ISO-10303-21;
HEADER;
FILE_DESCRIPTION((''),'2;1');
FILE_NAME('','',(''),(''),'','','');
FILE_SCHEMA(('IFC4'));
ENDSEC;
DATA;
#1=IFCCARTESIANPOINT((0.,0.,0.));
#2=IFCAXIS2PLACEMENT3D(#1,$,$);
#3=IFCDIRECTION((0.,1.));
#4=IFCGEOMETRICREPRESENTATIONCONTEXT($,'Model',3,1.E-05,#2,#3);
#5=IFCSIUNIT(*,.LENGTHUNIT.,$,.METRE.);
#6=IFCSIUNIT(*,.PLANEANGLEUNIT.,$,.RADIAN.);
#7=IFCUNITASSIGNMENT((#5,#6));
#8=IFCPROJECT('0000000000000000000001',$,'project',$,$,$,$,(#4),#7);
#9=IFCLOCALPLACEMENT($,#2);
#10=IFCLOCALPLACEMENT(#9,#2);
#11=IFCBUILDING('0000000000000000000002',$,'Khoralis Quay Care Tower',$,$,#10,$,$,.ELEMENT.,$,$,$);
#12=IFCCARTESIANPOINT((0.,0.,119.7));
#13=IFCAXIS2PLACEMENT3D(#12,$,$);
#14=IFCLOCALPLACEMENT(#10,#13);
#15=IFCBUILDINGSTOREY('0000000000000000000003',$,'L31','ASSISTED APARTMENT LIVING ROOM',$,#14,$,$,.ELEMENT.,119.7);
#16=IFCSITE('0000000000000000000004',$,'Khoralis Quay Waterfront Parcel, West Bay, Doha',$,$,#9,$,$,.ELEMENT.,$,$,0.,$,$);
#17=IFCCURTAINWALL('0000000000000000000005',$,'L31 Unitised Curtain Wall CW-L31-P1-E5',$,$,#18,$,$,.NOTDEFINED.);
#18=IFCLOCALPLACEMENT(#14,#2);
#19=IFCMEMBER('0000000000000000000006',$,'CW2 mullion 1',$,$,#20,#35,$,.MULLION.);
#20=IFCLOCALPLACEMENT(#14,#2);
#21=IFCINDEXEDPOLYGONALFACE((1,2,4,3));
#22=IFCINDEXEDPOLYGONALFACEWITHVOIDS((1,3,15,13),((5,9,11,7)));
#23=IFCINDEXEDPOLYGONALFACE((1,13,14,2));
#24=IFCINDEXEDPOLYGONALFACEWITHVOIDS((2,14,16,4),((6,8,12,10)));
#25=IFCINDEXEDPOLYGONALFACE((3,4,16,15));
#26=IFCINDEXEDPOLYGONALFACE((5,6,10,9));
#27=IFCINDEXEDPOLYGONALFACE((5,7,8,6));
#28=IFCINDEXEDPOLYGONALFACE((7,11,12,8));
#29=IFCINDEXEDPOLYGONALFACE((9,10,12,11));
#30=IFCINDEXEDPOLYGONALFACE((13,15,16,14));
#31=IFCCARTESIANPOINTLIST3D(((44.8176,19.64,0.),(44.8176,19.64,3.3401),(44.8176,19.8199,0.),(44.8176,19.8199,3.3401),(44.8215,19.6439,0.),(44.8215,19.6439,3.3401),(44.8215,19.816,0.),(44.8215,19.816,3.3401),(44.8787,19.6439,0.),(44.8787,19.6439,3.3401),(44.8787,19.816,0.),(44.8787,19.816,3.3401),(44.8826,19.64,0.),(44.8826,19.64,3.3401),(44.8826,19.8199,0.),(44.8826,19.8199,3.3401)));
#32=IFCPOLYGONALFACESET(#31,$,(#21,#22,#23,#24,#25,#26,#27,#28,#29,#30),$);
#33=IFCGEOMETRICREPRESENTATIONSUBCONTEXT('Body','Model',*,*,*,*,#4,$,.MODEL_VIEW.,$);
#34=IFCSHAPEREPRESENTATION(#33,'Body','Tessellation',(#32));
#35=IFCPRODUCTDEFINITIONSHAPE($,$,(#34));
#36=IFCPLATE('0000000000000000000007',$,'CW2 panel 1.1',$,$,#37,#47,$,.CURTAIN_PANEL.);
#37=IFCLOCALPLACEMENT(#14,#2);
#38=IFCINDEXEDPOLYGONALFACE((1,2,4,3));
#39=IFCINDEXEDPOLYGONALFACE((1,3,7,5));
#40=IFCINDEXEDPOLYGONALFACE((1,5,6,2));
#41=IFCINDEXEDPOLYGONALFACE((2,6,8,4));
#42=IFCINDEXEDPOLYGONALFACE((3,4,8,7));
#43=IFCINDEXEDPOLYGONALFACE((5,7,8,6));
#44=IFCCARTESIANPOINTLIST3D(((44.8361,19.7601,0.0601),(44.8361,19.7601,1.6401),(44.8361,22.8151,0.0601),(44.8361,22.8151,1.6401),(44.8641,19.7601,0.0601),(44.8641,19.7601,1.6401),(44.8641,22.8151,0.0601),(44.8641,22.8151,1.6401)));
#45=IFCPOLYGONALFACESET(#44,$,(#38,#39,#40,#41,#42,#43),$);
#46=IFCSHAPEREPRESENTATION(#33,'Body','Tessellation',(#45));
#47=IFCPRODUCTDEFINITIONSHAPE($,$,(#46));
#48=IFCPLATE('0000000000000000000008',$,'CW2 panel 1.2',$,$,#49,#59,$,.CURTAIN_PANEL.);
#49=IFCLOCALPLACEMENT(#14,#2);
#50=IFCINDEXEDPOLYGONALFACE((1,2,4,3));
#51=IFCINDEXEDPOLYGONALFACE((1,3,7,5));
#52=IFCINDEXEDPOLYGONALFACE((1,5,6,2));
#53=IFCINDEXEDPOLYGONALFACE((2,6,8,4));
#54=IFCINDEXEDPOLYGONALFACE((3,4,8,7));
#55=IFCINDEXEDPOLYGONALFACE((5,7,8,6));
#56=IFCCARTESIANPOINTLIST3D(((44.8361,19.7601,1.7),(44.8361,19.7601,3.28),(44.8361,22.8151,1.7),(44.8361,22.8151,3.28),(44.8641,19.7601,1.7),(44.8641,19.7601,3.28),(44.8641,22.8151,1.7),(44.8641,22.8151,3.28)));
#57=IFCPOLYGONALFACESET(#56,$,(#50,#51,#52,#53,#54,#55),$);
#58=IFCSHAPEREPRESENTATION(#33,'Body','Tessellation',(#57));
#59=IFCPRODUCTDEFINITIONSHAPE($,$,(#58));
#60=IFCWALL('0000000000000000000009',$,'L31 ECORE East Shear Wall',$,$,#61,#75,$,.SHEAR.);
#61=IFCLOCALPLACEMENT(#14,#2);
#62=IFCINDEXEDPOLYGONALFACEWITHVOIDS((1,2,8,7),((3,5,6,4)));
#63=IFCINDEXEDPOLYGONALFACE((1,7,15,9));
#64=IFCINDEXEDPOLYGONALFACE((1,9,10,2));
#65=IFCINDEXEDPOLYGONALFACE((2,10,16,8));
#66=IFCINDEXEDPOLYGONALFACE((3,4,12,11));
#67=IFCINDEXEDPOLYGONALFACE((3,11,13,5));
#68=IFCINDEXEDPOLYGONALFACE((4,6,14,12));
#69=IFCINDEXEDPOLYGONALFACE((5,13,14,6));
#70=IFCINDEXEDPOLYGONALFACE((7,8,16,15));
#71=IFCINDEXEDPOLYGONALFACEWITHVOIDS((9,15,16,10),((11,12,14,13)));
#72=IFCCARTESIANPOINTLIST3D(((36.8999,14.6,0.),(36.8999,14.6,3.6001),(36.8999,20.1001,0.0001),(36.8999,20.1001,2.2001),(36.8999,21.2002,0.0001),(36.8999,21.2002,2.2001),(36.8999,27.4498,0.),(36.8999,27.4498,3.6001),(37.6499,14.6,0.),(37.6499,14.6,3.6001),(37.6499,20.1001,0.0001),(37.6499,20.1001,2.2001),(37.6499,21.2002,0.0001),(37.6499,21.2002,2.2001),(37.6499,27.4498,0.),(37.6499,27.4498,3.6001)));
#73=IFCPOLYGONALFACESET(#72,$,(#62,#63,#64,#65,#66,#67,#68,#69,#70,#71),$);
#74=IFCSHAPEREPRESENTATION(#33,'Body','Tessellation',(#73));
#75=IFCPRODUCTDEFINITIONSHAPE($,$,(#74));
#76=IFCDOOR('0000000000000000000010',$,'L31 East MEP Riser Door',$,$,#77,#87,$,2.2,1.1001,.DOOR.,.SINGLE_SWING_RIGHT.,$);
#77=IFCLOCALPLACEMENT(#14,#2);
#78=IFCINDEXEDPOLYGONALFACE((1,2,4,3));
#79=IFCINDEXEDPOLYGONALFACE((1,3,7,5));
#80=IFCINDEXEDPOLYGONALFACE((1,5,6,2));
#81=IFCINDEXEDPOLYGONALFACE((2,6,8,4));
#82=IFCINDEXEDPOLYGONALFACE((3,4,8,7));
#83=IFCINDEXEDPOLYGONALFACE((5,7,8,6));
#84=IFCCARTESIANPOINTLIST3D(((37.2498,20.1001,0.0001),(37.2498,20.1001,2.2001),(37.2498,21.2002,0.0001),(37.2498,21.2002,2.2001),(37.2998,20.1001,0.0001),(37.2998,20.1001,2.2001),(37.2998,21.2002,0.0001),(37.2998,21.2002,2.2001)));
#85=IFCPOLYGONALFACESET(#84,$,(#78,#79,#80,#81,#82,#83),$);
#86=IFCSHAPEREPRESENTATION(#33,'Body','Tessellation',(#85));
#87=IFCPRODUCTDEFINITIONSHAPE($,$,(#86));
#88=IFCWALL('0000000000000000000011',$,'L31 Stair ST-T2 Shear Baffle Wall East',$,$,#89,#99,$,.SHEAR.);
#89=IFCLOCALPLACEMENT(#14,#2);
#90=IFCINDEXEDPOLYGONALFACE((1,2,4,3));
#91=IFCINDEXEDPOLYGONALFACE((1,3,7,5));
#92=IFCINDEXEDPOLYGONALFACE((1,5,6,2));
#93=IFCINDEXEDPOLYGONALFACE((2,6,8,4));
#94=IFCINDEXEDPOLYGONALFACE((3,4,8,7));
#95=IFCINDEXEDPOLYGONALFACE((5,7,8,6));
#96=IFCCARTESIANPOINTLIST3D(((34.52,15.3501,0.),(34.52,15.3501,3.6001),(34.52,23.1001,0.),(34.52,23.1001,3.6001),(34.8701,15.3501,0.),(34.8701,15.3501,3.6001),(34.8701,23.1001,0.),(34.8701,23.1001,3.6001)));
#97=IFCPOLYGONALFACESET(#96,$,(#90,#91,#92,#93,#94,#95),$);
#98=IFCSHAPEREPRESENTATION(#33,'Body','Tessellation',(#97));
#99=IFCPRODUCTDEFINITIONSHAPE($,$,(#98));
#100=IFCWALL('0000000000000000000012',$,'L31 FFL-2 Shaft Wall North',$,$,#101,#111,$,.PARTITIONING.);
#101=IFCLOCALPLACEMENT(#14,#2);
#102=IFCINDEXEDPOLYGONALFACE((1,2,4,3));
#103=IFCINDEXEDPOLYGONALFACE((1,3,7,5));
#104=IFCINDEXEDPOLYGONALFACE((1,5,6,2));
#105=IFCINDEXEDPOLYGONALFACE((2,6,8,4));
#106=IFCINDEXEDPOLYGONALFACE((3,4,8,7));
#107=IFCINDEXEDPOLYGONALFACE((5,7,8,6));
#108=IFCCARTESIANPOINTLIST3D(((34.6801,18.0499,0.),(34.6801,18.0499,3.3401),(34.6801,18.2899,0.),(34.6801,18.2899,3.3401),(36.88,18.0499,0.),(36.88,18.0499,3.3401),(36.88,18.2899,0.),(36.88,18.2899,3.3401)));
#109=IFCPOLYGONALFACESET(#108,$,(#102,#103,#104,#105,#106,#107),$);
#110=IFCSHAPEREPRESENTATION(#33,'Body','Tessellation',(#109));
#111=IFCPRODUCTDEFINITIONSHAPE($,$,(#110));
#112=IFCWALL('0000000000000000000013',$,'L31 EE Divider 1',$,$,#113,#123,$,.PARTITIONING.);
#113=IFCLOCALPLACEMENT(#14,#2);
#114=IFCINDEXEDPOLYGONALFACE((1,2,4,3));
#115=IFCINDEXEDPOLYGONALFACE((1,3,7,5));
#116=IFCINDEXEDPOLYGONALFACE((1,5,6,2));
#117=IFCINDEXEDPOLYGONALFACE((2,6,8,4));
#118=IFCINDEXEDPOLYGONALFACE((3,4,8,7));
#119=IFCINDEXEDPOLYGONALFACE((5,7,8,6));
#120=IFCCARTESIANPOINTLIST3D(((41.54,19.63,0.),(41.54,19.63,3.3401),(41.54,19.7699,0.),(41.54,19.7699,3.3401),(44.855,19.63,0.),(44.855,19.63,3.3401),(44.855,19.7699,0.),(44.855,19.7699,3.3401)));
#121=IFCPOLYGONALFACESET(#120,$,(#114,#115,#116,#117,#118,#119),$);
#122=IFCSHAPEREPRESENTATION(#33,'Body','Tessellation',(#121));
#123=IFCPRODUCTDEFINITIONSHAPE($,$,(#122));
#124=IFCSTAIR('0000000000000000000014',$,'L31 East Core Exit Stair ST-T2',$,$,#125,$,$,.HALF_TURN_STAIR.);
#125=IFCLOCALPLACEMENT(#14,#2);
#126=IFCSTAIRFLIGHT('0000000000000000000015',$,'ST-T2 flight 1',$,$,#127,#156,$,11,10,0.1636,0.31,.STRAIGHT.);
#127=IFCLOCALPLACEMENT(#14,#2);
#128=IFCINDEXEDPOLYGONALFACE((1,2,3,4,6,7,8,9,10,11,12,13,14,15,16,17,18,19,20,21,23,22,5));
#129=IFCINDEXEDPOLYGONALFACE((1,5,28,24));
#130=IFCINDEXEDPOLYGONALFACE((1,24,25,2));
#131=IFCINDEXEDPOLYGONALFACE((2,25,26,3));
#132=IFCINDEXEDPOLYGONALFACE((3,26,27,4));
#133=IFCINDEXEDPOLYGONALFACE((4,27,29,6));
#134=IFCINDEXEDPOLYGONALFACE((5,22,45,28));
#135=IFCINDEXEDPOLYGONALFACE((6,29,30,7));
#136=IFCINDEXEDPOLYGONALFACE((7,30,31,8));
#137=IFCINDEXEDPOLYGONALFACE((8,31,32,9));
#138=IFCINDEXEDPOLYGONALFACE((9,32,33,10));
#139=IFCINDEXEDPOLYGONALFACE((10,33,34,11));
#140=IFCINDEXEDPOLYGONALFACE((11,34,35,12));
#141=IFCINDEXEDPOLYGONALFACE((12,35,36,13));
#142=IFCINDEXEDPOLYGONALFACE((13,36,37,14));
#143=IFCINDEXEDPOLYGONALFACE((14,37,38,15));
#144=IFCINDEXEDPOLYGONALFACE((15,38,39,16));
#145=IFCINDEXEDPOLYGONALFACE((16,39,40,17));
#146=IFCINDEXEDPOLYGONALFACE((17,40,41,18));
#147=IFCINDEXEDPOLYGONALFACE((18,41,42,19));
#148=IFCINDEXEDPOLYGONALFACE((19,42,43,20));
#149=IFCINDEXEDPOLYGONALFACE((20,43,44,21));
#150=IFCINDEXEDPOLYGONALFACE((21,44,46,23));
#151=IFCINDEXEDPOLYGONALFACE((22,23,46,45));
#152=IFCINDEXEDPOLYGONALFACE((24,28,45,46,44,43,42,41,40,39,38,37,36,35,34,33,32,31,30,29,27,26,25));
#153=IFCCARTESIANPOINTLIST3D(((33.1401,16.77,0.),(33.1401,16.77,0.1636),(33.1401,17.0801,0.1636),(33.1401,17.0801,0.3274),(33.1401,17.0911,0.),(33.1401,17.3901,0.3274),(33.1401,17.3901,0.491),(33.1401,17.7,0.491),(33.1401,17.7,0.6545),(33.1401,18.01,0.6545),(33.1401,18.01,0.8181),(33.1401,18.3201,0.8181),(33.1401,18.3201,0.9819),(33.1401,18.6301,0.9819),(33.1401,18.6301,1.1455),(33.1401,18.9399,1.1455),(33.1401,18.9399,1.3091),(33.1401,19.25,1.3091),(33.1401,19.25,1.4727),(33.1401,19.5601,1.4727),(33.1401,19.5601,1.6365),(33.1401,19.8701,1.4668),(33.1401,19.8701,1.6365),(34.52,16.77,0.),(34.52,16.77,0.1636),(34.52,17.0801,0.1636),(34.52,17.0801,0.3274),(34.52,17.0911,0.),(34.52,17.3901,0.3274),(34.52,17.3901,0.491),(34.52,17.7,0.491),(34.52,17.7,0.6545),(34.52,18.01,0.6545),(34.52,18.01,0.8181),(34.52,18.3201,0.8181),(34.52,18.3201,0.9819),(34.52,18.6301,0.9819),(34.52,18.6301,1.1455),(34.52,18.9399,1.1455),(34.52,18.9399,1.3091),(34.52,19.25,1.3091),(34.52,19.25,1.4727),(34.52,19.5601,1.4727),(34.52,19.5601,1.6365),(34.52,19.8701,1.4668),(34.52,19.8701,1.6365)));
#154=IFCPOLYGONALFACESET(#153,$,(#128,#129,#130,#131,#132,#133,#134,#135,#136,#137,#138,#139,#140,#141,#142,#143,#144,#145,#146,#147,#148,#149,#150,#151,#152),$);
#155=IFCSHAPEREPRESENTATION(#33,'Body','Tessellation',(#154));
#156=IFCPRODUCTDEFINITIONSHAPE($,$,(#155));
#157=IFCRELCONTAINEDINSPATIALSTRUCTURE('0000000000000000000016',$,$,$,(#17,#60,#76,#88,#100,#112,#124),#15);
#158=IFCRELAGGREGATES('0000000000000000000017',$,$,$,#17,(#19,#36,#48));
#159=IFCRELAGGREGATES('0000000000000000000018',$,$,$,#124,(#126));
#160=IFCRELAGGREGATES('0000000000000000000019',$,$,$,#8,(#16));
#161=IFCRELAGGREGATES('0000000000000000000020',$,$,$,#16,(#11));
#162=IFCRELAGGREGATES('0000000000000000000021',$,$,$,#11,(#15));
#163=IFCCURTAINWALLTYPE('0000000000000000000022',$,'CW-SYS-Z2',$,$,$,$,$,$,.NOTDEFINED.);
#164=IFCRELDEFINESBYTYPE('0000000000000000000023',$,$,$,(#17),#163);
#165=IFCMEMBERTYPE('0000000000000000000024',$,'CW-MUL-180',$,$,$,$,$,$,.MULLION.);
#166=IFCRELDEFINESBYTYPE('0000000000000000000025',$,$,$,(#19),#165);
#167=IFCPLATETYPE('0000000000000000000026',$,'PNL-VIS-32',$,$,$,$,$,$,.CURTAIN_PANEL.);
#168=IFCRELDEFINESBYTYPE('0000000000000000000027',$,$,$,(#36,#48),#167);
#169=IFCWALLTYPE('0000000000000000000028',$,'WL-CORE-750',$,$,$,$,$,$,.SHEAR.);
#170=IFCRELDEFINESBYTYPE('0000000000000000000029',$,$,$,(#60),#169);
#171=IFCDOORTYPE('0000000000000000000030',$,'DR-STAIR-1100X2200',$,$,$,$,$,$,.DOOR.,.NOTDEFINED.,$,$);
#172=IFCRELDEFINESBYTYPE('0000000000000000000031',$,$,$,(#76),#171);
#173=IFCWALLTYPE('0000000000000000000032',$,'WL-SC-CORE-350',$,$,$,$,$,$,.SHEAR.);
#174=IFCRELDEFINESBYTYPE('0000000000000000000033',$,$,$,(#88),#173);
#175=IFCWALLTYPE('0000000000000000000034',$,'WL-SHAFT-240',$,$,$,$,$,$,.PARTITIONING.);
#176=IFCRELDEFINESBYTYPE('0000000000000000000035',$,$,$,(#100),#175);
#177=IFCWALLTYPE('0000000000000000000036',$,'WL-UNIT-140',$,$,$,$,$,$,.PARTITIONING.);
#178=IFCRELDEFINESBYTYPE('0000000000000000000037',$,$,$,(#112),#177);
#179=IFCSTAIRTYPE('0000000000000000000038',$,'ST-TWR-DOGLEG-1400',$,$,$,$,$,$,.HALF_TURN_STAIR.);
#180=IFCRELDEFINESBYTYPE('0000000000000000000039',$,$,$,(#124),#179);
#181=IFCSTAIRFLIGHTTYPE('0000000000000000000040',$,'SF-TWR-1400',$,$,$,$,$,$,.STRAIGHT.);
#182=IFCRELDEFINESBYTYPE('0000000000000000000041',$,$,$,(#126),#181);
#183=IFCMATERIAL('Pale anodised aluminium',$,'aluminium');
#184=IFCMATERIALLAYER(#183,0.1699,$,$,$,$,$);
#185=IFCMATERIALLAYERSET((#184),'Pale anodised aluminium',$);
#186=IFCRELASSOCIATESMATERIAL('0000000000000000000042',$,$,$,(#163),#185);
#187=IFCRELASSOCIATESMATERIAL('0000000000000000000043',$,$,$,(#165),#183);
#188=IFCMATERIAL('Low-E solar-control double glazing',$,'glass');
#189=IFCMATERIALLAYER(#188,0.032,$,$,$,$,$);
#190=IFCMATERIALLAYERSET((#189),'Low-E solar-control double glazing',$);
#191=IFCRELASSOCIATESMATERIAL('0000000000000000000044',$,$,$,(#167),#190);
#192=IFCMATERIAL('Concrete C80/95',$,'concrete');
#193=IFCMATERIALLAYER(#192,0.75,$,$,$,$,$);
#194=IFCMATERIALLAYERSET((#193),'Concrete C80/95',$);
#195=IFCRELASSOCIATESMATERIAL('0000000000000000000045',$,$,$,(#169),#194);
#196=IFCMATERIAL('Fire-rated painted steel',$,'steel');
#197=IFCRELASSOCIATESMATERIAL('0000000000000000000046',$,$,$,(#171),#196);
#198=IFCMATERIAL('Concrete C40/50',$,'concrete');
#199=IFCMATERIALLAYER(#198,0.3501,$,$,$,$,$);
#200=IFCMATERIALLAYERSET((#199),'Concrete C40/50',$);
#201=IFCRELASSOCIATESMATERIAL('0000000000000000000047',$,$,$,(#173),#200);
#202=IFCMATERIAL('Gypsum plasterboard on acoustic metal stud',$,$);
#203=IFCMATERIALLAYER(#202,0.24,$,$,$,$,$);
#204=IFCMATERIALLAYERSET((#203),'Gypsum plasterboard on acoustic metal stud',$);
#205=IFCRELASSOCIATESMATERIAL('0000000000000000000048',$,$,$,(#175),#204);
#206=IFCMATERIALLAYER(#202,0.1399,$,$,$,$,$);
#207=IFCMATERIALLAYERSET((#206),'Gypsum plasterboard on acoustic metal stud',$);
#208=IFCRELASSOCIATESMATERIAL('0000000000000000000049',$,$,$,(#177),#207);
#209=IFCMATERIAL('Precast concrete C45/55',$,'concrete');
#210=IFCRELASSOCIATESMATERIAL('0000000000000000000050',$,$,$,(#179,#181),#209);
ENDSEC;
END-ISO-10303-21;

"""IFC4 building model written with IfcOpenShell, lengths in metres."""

from ifc_helpers import new_model, si_unit, direction, frame, frame_2d, origin, origin_2d, place, context, subcontext, project, spatial, polyline, rectangle, hollow_rectangle, outline, extrude, source, transform, mapped, material, layer, layer_set, material_profile, profile_set, type_object, element, fill, aggregate, save


model = new_model("IFC4")

# Units and contexts
model_context = context("Model", 3, precision=1e-05, world=origin(), true_north=direction((0.0, 1.0)))
body_context = subcontext(model_context, "Body", "Model", "MODEL_VIEW")
ifc_project = project(units=[si_unit("LENGTHUNIT", "METRE"), si_unit("PLANEANGLEUNIT", "RADIAN")], contexts=[model_context])

# Site, building, storey
site_placement = place(None, origin())
site = spatial("IfcSite", under=ifc_project, at=site_placement, Name="Khoralis Quay Waterfront Parcel, West Bay, Doha", CompositionType="ELEMENT", RefElevation=0.0)
building_placement = place(site_placement, origin())
building = spatial("IfcBuilding", under=site, at=building_placement, Name="Khoralis Quay Care Tower", CompositionType="ELEMENT")
storey_placement = place(building_placement, frame((0.0, 0.0, 119.7)))
storey = spatial("IfcBuildingStorey", under=building, at=storey_placement, Name="L31", Description="ASSISTED APARTMENT LIVING ROOM", CompositionType="ELEMENT", Elevation=119.7)

# Curtain wall, member, plates
ifc_material_1 = material(Name="Pale anodised aluminium", Category="aluminium")
ifc_layer_1 = layer(ifc_material_1, 0.1699)
ifc_layer_set_1 = layer_set([ifc_layer_1], Name="Pale anodised aluminium")
curtain_wall_type = type_object("IfcCurtainWallType", Name="CW-SYS-Z2", PredefinedType="NOTDEFINED", material=ifc_layer_set_1)
curtain_wall_placement = place(storey_placement, origin())
curtain_wall = element("IfcCurtainWall", 1, at=curtain_wall_placement, inside=storey, type_object=curtain_wall_type, Name="L31 Unitised Curtain Wall CW-L31-P1-E5", PredefinedType="NOTDEFINED")
ifc_material_profile_1 = material_profile(ifc_material_1, hollow_rectangle(XDim=0.0649, YDim=0.1799, WallThickness=0.0039, at=origin_2d()), Name="Pale anodised aluminium")
ifc_profile_set_1 = profile_set([ifc_material_profile_1], Name="Pale anodised aluminium")
member_type_1 = type_object("IfcMemberType", Name="CW-MUL-180", PredefinedType="MULLION", material=ifc_profile_set_1)
shared_shape_1 = source(origin(), body_context, "Body", "SweptSolid", [
    extrude(hollow_rectangle(XDim=0.0649, YDim=0.1799, WallThickness=0.0039, at=origin_2d()), origin(), (0.0, 0.0, 1.0), 3.3401),
])
member_1_placement = place(storey_placement, frame((44.8501, 19.73, 0.0), z_axis=(0.0, 0.0, 1.0), x_axis=(-1.0, 0.0, 0.0)))
member_1 = element("IfcMember", 2, at=member_1_placement, type_object=member_type_1, Name="CW2 mullion 1", PredefinedType="MULLION", context=body_context, shape_type="MappedRepresentation", body=[
    mapped(shared_shape_1, transform((0.0, 0.0, 0.0), scale=1.0)),
])
ifc_material_2 = material(Name="Low-E solar-control double glazing", Category="glass")
ifc_layer_2 = layer(ifc_material_2, 0.032)
ifc_layer_set_2 = layer_set([ifc_layer_2], Name="Low-E solar-control double glazing")
plate_type = type_object("IfcPlateType", Name="PNL-VIS-32", PredefinedType="CURTAIN_PANEL", material=ifc_layer_set_2)
shared_shape_2 = source(origin(), body_context, "Body", "SweptSolid", [
    extrude(rectangle(XDim=3.0549, YDim=0.0281, at=origin_2d()), origin(), (0.0, 0.0, 1.0), 1.5801),
])
plate_1_placement = place(storey_placement, frame((44.8501, 21.2876, 0.0601), z_axis=(0.0, 0.0, 1.0), x_axis=(0.0, 1.0, 0.0)))
plate_1 = element("IfcPlate", 3, at=plate_1_placement, type_object=plate_type, Name="CW2 panel 1.1", PredefinedType="CURTAIN_PANEL", context=body_context, shape_type="MappedRepresentation", body=[
    mapped(shared_shape_2, transform((0.0, 0.0, 0.0), scale=1.0)),
])
plate_2_placement = place(storey_placement, frame((44.8501, 21.2876, 1.7), z_axis=(0.0, 0.0, 1.0), x_axis=(0.0, 1.0, 0.0)))
plate_2 = element("IfcPlate", 4, at=plate_2_placement, type_object=plate_type, Name="CW2 panel 1.2", PredefinedType="CURTAIN_PANEL", context=body_context, shape_type="MappedRepresentation", body=[
    mapped(shared_shape_2, transform((0.0, 0.0, 0.0), scale=1.0)),
])
aggregate(curtain_wall, [member_1, plate_1, plate_2])

# Wall, opening, door
ifc_material_3 = material(Name="Concrete C80/95", Category="concrete")
ifc_layer_3 = layer(ifc_material_3, 0.75)
ifc_layer_set_3 = layer_set([ifc_layer_3], Name="Concrete C80/95")
wall_type_1 = type_object("IfcWallType", Name="WL-CORE-750", PredefinedType="SHEAR", material=ifc_layer_set_3)
wall_1_placement = place(storey_placement, frame((37.2749, 14.6001, 0.0), z_axis=(0.0, 0.0, 1.0), x_axis=(0.0, 1.0, 0.0)))
wall_1 = element("IfcWall", 5, at=wall_1_placement, inside=storey, type_object=wall_type_1, Name="L31 ECORE East Shear Wall", PredefinedType="SHEAR", context=body_context, shape_type="SweptSolid", body=[
    extrude(rectangle(XDim=12.8499, YDim=0.75, at=frame_2d((6.4248, 0.0))), origin(), (0.0, 0.0, 1.0), 3.6001),
])
opening_placement = place(wall_1_placement, frame((5.5, 0.0, 0.0)))
opening = element("IfcOpeningElement", 6, at=opening_placement, cuts=wall_1, PredefinedType="OPENING", context=body_context, shape_type="SweptSolid", body=[
    extrude(rectangle(XDim=1.1001, YDim=2.2, at=frame_2d((0.55, 1.1001))), frame((0.0, 0.385, 0.0), z_axis=(0.0, -1.0, 0.0), x_axis=(1.0, 0.0, 0.0)), (0.0, 0.0, 1.0), 0.77),
])
ifc_material_4 = material(Name="Fire-rated painted steel", Category="steel")
door_type = type_object("IfcDoorType", Name="DR-STAIR-1100X2200", OperationType="NOTDEFINED", PredefinedType="DOOR", material=ifc_material_4)
shared_shape_3 = source(origin(), body_context, "Body", "SweptSolid", [
    extrude(rectangle(XDim=1.1001, YDim=2.2, at=frame_2d((0.55, 1.1001))), frame((0.0, 0.0249, 0.0), z_axis=(0.0, -1.0, 0.0), x_axis=(1.0, 0.0, 0.0)), (0.0, 0.0, 1.0), 0.05),
])
door_placement = place(opening_placement, frame((1.1001, 0.0, 0.0), z_axis=(0.0, 0.0, 1.0), x_axis=(-1.0, 0.0, 0.0)))
door = element("IfcDoor", 7, at=door_placement, inside=storey, type_object=door_type, Name="L31 East MEP Riser Door", OperationType="SINGLE_SWING_RIGHT", OverallHeight=2.2, OverallWidth=1.1001, PredefinedType="DOOR", context=body_context, shape_type="MappedRepresentation", body=[
    mapped(shared_shape_3, transform((0.0, 0.0, 0.0), scale=1.0)),
])
fill(opening, door)

# Walls
ifc_material_5 = material(Name="Concrete C40/50", Category="concrete")
ifc_layer_4 = layer(ifc_material_5, 0.3501)
ifc_layer_set_4 = layer_set([ifc_layer_4], Name="Concrete C40/50")
wall_type_2 = type_object("IfcWallType", Name="WL-SC-CORE-350", PredefinedType="SHEAR", material=ifc_layer_set_4)
wall_2_placement = place(storey_placement, frame((34.6951, 15.3501, 0.0), z_axis=(0.0, 0.0, 1.0), x_axis=(0.0, 1.0, 0.0)))
element("IfcWall", 8, at=wall_2_placement, inside=storey, type_object=wall_type_2, Name="L31 Stair ST-T2 Shear Baffle Wall East", PredefinedType="SHEAR", context=body_context, shape_type="SweptSolid", body=[
    extrude(rectangle(XDim=7.75, YDim=0.3501, at=frame_2d((3.875, 0.0))), origin(), (0.0, 0.0, 1.0), 3.6001),
])
ifc_material_6 = material(Name="Gypsum plasterboard on acoustic metal stud")
ifc_layer_5 = layer(ifc_material_6, 0.24)
ifc_layer_set_5 = layer_set([ifc_layer_5], Name="Gypsum plasterboard on acoustic metal stud")
wall_type_3 = type_object("IfcWallType", Name="WL-SHAFT-240", PredefinedType="PARTITIONING", material=ifc_layer_set_5)
wall_3_placement = place(storey_placement, frame((34.6799, 18.1699, 0.0), z_axis=(0.0, 0.0, 1.0), x_axis=(1.0, 0.0, 0.0)))
element("IfcWall", 9, at=wall_3_placement, inside=storey, type_object=wall_type_3, Name="L31 FFL-2 Shaft Wall North", PredefinedType="PARTITIONING", context=body_context, shape_type="SweptSolid", body=[
    extrude(rectangle(XDim=2.2, YDim=0.24, at=frame_2d((1.1001, 0.0))), origin(), (0.0, 0.0, 1.0), 3.3401),
])
ifc_layer_6 = layer(ifc_material_6, 0.1399)
ifc_layer_set_6 = layer_set([ifc_layer_6], Name="Gypsum plasterboard on acoustic metal stud")
wall_type_4 = type_object("IfcWallType", Name="WL-UNIT-140", PredefinedType="PARTITIONING", material=ifc_layer_set_6)
wall_4_placement = place(storey_placement, frame((41.54, 19.7, 0.0), z_axis=(0.0, 0.0, 1.0), x_axis=(1.0, 0.0, 0.0)))
element("IfcWall", 10, at=wall_4_placement, inside=storey, type_object=wall_type_4, Name="L31 EE Divider 1", PredefinedType="PARTITIONING", context=body_context, shape_type="SweptSolid", body=[
    extrude(rectangle(XDim=3.3149, YDim=0.1399, at=frame_2d((1.6575, 0.0))), origin(), (0.0, 0.0, 1.0), 3.3401),
])

# Stair, stair flight
ifc_material_7 = material(Name="Precast concrete C45/55", Category="concrete")
stair_type = type_object("IfcStairType", Name="ST-TWR-DOGLEG-1400", PredefinedType="HALF_TURN_STAIR", material=ifc_material_7)
stair_placement = place(storey_placement, origin())
stair = element("IfcStair", 11, at=stair_placement, inside=storey, type_object=stair_type, Name="L31 East Core Exit Stair ST-T2", PredefinedType="HALF_TURN_STAIR")
stair_flight_type = type_object("IfcStairFlightType", Name="SF-TWR-1400", PredefinedType="STRAIGHT", material=ifc_material_7)
shared_shape_4 = source(origin(), body_context, "Body", "SweptSolid", [
    extrude(outline(polyline([(0.0, 0.0), (0.0, 0.1636), (0.3101, 0.1636), (0.3101, 0.3274), (0.6201, 0.3274), (0.6201, 0.491), (0.9299, 0.491), (0.9299, 0.6545), (1.24, 0.6545), (1.24, 0.8181), (1.55, 0.8181), (1.55, 0.9819), (1.8601, 0.9819), (1.8601, 1.1455), (2.1699, 1.1455), (2.1699, 1.3091), (2.48, 1.3091), (2.48, 1.4727), (2.79, 1.4727), (2.79, 1.6365), (3.1001, 1.6365), (3.1001, 1.8), (3.1001, 1.4668), (0.321, 0.0), (0.0, 0.0)])), frame((0.0, 0.6899, 0.0), z_axis=(0.0, -1.0, 0.0), x_axis=(1.0, 0.0, 0.0)), (0.0, 0.0, 1.0), 1.3799),
])
stair_flight_1_placement = place(storey_placement, frame((33.8301, 16.77, 0.0), z_axis=(0.0, 0.0, 1.0), x_axis=(0.0, 1.0, 0.0)))
stair_flight_1 = element("IfcStairFlight", 12, at=stair_flight_1_placement, type_object=stair_flight_type, Name="ST-T2 flight 1", NumberOfRisers=11, NumberOfTreads=10, PredefinedType="STRAIGHT", RiserHeight=0.1636, TreadLength=0.31, context=body_context, shape_type="MappedRepresentation", body=[
    mapped(shared_shape_4, transform((0.0, 0.0, 0.0), scale=1.0)),
])
aggregate(stair, [stair_flight_1])

save(model, "model.ifc")
